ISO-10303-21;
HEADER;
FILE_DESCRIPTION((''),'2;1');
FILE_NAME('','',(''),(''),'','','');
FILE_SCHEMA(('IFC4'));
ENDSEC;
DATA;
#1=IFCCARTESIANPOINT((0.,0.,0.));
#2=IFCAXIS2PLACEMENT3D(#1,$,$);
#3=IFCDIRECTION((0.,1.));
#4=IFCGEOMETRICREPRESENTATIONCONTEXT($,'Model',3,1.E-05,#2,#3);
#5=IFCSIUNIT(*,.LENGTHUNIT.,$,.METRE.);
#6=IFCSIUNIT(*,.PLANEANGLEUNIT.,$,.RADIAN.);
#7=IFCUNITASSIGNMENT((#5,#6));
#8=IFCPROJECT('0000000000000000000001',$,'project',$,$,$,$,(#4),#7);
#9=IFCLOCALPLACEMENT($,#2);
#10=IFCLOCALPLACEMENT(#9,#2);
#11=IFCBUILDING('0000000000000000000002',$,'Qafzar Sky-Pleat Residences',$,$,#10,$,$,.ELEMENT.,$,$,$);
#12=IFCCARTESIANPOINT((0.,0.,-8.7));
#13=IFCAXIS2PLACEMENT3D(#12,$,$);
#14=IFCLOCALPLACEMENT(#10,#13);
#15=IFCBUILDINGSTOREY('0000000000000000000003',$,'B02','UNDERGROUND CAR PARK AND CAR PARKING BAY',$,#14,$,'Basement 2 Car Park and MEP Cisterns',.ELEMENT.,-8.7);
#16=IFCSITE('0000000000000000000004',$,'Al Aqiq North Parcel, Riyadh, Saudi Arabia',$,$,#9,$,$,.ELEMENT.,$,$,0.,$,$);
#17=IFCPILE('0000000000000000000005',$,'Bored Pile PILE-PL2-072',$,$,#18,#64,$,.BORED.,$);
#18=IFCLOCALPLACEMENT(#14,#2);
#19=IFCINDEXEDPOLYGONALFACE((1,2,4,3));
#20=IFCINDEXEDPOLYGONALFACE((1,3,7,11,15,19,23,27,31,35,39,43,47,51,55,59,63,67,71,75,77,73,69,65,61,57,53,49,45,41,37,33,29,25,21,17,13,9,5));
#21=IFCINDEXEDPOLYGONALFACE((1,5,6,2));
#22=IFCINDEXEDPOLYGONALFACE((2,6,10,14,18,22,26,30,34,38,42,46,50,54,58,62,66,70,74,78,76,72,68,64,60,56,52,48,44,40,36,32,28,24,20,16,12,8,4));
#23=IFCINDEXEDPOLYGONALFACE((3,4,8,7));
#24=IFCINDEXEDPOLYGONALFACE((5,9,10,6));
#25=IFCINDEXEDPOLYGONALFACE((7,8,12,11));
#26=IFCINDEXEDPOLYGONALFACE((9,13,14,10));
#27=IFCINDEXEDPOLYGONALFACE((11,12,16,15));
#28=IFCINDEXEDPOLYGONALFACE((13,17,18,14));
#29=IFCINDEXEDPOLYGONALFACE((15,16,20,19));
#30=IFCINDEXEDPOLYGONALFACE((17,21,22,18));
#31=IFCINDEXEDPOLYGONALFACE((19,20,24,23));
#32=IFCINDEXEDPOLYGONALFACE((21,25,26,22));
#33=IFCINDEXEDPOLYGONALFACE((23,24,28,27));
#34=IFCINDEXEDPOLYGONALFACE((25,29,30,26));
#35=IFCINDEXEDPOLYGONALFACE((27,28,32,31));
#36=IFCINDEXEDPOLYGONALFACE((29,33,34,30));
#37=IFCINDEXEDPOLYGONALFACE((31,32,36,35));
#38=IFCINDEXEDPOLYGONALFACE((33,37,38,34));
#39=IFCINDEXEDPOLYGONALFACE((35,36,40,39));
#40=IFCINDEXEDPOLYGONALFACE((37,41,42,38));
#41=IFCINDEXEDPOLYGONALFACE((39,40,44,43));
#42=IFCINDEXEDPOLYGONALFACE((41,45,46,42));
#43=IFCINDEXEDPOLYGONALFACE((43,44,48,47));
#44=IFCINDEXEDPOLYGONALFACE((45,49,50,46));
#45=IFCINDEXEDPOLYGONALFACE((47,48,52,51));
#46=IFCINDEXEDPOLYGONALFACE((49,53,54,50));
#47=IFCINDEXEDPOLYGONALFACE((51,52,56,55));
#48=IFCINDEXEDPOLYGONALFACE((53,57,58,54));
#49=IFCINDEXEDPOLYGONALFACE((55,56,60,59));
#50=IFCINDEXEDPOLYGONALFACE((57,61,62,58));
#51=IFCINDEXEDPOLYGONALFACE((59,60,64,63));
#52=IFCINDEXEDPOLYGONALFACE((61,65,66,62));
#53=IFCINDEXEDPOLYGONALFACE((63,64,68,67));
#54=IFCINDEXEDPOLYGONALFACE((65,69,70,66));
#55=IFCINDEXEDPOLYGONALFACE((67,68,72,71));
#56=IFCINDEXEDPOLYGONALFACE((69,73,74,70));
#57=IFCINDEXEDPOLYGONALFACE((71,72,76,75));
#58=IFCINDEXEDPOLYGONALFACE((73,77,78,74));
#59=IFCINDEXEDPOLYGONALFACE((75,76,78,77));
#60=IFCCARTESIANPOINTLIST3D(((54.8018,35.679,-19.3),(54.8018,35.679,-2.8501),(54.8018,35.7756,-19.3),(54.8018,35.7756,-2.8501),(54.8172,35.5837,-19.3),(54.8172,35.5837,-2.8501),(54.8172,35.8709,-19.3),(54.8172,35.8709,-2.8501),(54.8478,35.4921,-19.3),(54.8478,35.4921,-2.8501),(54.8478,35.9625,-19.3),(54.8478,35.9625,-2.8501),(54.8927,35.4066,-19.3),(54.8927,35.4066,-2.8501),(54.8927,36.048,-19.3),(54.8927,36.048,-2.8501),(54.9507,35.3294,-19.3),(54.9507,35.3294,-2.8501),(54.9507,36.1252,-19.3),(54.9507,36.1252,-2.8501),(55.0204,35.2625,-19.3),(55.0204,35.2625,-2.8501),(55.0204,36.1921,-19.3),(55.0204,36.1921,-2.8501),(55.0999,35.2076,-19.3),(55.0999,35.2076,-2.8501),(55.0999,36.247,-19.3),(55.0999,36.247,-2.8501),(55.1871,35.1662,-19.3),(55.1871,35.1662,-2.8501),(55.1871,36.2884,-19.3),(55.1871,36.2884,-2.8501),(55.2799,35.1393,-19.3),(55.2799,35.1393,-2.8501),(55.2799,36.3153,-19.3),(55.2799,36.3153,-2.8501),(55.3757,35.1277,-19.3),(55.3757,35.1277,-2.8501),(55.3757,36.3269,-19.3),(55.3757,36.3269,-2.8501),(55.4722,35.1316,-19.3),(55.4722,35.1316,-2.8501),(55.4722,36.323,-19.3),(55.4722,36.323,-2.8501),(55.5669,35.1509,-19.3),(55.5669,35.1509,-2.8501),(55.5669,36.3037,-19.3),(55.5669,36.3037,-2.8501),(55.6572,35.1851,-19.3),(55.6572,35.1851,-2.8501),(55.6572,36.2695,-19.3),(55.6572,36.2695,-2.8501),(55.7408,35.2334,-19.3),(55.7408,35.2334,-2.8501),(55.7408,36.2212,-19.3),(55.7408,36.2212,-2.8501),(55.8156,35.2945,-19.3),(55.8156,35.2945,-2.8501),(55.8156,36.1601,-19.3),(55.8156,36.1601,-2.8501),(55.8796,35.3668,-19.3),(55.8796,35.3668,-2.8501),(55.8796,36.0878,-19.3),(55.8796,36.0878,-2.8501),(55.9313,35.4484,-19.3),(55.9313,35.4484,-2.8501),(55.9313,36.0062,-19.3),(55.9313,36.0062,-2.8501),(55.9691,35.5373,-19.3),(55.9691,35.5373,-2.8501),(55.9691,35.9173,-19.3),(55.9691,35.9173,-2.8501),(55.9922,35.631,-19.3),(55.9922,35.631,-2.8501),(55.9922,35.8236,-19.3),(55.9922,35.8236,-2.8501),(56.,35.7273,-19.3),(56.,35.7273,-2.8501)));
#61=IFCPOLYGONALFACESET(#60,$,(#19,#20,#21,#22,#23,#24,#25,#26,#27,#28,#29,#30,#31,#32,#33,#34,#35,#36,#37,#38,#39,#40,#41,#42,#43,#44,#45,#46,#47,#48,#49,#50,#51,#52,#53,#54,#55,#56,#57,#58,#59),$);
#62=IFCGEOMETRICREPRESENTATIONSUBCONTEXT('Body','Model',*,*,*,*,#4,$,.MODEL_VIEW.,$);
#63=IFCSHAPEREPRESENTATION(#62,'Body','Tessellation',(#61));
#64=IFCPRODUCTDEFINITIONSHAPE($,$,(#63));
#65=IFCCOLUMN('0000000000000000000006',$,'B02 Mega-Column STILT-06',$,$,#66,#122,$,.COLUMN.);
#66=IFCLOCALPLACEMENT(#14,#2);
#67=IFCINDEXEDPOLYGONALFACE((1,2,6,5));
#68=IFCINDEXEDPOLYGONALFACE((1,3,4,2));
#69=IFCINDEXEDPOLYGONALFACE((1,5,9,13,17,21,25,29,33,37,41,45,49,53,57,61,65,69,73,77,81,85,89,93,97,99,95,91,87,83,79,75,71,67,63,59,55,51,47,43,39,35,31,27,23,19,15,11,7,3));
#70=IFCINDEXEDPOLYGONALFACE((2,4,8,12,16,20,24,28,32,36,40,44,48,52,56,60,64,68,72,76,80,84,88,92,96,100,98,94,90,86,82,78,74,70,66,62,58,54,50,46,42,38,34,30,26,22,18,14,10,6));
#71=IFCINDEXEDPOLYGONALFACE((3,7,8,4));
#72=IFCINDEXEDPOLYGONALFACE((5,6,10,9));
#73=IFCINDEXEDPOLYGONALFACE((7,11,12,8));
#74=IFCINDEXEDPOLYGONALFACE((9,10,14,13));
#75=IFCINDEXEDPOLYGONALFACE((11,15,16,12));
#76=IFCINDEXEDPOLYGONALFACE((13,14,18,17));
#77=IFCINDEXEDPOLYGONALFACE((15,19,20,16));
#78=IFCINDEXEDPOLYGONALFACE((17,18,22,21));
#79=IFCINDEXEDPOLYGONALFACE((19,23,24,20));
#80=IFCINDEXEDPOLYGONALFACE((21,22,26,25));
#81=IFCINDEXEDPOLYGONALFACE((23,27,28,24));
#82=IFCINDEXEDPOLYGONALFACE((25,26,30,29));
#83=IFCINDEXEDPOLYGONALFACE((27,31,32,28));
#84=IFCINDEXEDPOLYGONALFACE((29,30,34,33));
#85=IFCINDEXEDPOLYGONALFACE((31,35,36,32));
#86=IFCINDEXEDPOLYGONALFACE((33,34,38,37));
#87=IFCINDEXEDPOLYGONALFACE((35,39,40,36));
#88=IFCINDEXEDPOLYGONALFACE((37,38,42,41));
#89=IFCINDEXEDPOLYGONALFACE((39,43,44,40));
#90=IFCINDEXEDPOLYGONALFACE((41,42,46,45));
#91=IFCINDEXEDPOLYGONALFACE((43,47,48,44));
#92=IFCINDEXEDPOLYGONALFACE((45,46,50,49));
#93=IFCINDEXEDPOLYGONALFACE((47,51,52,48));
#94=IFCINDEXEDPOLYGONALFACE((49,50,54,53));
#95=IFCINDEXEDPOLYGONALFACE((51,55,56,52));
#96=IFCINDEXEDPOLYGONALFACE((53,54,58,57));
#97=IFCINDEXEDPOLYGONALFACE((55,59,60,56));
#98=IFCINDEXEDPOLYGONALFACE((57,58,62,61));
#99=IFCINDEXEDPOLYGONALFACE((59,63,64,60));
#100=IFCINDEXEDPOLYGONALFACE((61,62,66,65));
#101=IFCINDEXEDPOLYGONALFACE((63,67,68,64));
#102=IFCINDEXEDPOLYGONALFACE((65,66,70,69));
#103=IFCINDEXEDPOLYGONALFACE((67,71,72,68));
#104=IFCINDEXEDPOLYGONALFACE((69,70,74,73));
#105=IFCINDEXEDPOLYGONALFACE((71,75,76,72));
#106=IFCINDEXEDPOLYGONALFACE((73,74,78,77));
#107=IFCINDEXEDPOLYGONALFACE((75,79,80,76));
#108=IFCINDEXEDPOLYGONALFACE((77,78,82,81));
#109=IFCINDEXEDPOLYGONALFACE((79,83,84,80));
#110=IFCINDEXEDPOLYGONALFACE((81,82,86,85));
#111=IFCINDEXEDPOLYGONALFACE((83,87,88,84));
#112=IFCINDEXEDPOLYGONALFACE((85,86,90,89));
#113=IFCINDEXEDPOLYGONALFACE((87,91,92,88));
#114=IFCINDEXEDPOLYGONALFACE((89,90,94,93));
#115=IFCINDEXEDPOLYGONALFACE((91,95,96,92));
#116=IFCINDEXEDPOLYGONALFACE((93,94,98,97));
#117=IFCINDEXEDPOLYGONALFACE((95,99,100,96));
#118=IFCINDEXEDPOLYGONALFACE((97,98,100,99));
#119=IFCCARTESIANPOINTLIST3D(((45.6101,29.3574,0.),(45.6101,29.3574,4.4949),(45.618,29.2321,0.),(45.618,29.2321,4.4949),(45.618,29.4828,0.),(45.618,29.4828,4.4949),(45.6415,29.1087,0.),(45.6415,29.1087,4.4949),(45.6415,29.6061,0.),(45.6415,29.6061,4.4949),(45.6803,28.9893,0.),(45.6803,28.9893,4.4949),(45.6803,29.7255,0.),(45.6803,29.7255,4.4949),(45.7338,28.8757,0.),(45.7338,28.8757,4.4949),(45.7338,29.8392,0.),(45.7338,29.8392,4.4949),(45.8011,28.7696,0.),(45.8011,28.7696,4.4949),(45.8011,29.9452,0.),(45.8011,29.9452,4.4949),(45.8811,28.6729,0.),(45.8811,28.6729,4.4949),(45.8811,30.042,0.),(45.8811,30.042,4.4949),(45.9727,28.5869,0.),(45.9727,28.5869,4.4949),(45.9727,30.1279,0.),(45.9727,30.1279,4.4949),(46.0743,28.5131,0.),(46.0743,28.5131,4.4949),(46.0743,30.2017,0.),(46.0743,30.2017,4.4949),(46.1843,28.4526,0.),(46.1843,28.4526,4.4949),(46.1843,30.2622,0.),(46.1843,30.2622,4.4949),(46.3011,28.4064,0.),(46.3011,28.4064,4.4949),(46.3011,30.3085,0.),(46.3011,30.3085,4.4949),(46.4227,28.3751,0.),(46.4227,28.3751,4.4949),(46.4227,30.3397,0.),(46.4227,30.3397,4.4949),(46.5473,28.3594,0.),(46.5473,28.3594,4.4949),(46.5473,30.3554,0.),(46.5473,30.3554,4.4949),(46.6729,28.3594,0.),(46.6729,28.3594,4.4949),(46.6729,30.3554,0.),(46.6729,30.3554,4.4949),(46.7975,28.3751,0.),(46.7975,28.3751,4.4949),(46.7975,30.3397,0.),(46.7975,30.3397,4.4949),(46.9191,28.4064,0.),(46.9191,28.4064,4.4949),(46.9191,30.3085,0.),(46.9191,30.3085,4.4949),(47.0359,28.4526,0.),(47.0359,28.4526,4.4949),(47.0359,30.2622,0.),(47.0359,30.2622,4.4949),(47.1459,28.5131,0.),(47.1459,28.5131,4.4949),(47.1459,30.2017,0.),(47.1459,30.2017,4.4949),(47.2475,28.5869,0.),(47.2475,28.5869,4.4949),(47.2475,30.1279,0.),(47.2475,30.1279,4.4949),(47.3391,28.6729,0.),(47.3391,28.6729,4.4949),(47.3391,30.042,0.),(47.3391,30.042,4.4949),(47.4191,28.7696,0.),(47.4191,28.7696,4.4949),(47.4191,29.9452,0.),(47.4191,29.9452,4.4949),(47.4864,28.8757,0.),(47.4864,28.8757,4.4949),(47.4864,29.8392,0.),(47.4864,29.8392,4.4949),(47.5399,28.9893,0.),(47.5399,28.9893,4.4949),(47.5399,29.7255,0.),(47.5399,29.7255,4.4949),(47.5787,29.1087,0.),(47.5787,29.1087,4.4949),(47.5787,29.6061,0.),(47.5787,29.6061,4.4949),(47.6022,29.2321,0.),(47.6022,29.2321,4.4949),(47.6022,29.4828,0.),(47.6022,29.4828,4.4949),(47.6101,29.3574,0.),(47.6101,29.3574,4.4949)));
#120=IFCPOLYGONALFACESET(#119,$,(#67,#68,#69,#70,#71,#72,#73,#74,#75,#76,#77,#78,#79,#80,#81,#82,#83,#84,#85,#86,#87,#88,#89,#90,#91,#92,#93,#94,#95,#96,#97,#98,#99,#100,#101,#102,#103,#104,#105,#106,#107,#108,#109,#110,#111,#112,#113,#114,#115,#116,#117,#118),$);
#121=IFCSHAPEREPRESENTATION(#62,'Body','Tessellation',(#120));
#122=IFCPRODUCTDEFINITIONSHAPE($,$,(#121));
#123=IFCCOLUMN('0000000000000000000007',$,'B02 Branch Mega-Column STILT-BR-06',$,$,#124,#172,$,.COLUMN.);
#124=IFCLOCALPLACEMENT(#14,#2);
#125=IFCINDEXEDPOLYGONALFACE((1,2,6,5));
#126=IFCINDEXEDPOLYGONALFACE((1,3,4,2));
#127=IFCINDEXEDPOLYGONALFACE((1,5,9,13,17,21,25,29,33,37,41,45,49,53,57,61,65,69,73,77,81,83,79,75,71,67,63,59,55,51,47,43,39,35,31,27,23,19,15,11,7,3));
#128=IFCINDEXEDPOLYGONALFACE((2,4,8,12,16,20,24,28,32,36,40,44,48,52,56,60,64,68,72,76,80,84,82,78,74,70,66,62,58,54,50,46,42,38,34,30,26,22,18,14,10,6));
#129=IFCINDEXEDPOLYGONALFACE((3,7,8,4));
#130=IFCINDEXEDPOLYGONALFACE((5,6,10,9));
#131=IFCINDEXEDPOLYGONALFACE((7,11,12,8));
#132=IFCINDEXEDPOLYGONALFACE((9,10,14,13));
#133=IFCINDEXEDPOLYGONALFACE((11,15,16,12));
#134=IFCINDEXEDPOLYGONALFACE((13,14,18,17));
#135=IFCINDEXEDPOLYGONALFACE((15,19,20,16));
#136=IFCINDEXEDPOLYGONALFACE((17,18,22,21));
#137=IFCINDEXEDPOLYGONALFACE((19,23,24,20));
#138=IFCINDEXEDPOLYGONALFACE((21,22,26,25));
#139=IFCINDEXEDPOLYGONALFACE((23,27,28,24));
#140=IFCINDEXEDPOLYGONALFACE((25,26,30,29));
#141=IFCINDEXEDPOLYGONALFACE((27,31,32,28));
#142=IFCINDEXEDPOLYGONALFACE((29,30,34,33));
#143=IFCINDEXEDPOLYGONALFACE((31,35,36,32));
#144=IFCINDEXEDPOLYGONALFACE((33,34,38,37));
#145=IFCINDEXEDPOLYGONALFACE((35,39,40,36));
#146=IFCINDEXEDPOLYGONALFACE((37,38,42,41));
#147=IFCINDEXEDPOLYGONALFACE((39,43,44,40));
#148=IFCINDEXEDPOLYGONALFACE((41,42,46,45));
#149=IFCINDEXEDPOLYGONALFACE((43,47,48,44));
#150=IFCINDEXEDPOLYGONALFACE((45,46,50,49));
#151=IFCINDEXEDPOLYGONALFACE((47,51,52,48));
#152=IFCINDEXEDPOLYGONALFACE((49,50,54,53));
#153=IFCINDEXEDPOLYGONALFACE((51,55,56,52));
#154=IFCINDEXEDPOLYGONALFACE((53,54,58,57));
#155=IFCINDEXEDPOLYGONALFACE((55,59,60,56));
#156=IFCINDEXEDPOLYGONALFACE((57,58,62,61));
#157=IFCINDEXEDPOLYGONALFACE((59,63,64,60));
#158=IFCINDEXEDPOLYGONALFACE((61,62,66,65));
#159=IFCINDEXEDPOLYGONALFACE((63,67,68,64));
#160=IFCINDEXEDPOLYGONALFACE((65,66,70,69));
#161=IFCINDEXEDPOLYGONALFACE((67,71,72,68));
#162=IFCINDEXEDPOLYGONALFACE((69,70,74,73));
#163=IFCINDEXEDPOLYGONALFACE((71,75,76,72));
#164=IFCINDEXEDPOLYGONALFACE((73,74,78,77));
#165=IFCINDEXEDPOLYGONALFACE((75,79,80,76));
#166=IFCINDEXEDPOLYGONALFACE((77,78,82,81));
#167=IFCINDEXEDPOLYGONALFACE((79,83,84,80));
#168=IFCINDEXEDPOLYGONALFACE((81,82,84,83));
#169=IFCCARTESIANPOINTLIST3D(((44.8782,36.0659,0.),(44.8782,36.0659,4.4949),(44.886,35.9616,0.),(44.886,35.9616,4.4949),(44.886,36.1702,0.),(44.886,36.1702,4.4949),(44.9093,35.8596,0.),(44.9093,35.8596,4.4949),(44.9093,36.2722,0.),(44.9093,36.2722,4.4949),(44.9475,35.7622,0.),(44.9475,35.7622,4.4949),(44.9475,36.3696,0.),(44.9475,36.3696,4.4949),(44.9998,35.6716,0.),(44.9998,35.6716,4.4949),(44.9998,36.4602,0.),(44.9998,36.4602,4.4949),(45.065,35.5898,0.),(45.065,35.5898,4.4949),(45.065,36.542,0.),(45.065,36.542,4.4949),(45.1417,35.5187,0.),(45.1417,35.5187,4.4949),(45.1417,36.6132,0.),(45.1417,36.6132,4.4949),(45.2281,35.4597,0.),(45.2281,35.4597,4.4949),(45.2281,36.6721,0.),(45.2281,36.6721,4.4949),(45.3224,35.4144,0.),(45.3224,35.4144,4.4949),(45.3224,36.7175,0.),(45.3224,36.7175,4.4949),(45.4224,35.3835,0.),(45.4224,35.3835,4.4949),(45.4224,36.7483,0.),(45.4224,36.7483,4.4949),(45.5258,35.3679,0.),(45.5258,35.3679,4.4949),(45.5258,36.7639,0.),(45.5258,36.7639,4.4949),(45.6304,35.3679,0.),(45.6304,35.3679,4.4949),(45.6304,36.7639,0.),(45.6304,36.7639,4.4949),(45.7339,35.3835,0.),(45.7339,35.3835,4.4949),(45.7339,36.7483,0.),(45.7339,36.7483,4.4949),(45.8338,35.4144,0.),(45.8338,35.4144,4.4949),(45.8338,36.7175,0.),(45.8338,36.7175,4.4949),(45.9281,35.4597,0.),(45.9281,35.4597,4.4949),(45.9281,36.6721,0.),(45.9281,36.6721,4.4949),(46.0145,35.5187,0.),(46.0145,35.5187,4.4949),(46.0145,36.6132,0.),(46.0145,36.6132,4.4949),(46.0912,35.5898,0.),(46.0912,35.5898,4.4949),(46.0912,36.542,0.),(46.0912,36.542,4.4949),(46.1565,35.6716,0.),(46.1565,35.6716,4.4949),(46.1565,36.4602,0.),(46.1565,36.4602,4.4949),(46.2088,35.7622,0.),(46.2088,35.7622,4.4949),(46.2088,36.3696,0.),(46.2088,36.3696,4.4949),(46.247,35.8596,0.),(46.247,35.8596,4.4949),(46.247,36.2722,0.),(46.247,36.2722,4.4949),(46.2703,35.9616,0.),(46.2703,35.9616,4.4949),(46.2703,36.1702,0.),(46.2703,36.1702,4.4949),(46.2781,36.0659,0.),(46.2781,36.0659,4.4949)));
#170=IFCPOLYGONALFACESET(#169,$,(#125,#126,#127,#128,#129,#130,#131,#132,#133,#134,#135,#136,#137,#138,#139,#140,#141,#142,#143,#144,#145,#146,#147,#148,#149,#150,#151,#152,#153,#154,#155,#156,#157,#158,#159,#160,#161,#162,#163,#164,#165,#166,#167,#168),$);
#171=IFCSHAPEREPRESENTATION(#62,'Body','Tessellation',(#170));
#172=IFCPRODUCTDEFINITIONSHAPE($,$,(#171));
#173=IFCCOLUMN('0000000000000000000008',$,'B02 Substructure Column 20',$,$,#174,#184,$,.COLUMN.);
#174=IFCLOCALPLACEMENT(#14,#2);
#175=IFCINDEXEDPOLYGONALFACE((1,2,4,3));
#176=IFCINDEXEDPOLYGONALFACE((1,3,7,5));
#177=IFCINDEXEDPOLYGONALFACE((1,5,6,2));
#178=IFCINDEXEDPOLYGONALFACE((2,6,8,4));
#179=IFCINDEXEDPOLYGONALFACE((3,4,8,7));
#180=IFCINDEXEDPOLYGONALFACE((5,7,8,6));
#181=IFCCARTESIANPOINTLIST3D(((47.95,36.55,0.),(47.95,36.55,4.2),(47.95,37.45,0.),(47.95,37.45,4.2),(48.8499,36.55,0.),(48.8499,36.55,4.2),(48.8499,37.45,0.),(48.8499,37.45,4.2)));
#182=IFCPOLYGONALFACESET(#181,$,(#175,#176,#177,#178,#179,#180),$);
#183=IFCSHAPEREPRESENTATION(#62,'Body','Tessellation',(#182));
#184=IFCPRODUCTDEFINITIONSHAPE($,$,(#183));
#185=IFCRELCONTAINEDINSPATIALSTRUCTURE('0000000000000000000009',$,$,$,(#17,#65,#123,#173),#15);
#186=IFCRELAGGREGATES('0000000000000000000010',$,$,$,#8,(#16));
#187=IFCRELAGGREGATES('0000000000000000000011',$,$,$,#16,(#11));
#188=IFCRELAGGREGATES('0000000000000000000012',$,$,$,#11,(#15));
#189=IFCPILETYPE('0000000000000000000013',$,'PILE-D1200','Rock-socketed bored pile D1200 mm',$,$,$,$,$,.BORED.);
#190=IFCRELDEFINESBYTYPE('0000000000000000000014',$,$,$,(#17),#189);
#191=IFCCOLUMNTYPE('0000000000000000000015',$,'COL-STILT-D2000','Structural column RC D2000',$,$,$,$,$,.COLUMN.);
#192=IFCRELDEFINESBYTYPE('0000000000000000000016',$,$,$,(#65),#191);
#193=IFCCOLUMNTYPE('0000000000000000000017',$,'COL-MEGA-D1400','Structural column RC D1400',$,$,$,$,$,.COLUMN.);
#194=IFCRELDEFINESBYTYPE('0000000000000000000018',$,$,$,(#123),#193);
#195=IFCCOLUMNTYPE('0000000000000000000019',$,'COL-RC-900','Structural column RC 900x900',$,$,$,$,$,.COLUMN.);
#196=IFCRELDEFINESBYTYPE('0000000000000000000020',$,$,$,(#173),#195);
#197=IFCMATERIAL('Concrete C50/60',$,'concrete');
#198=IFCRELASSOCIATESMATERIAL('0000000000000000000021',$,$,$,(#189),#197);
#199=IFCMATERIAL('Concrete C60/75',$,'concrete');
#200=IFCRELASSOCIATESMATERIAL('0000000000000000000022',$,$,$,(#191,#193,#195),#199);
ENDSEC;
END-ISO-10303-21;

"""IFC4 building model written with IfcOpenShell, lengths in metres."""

from ifc_helpers import new_model, si_unit, direction, frame, origin, origin_2d, place, context, subcontext, project, spatial, rectangle, circle, extrude, source, transform, mapped, material, material_profile, profile_set, type_object, element, save


model = new_model("IFC4")

# Units and contexts
model_context = context("Model", 3, precision=1e-05, world=origin(), true_north=direction((0.0, 1.0)))
body_context = subcontext(model_context, "Body", "Model", "MODEL_VIEW")
ifc_project = project(units=[si_unit("LENGTHUNIT", "METRE"), si_unit("PLANEANGLEUNIT", "RADIAN")], contexts=[model_context])

# Site, building, storey
site_placement = place(None, origin())
site = spatial("IfcSite", under=ifc_project, at=site_placement, Name="Al Aqiq North Parcel, Riyadh, Saudi Arabia", CompositionType="ELEMENT", RefElevation=0.0)
building_placement = place(site_placement, origin())
building = spatial("IfcBuilding", under=site, at=building_placement, Name="Qafzar Sky-Pleat Residences", CompositionType="ELEMENT")
storey_placement = place(building_placement, frame((0.0, 0.0, -8.7)))
storey = spatial("IfcBuildingStorey", under=building, at=storey_placement, Name="B02", Description="UNDERGROUND CAR PARK AND CAR PARKING BAY", LongName="Basement 2 Car Park and MEP Cisterns", CompositionType="ELEMENT", Elevation=-8.7)

# Pile
ifc_material_1 = material(Name="Concrete C50/60", Category="concrete")
ifc_material_profile_1 = material_profile(ifc_material_1, circle(Radius=0.6001, at=origin_2d()), Name="PILE D1200")
ifc_profile_set_1 = profile_set([ifc_material_profile_1], Name="Concrete C50/60")
pile_type = type_object("IfcPileType", Name="PILE-D1200", Description="Rock-socketed bored pile D1200 mm", PredefinedType="BORED", material=ifc_profile_set_1)
shared_shape_1 = source(origin(), body_context, "Body", "SweptSolid", [
    extrude(circle(Radius=0.6001, at=origin_2d()), origin(), (0.0, 0.0, 1.0), 16.45),
])
for number, where, z_axis, x_axis, name in (
    (1, (55.3999, 35.7273, -2.8501), (0.0, 0.0, -1.0), (1.0, 0.0, 0.0), "Bored Pile PILE-PL2-072"),
):
    element("IfcPile", number, at=place(storey_placement, frame(where, z_axis=z_axis, x_axis=x_axis)), inside=storey, type_object=pile_type, Name=name, PredefinedType="BORED", context=body_context, shape_type="MappedRepresentation", body=[
        mapped(shared_shape_1, transform((0.0, 0.0, 0.0), x_axis=(1.0, 0.0, 0.0), y_axis=(0.0, 1.0, 0.0), z_axis=(0.0, 0.0, 1.0), scale=1.0)),
    ])

# Columns
ifc_material_2 = material(Name="Concrete C60/75", Category="concrete")
ifc_material_profile_2 = material_profile(ifc_material_2, circle(Radius=1.0, at=origin_2d()), Name="RC D2000")
ifc_profile_set_2 = profile_set([ifc_material_profile_2], Name="Concrete C60/75")
column_type_1 = type_object("IfcColumnType", Name="COL-STILT-D2000", Description="Structural column RC D2000", PredefinedType="COLUMN", material=ifc_profile_set_2)
shared_shape_2 = source(origin(), body_context, "Body", "SweptSolid", [
    extrude(circle(Radius=1.0, at=origin_2d()), origin(), (0.0, 0.0, 1.0), 4.4949),
])
column_1_placement = place(storey_placement, frame((46.6101, 29.3574, 0.0), z_axis=(0.0, 0.0, 1.0), x_axis=(1.0, 0.0, 0.0)))
element("IfcColumn", 2, at=column_1_placement, inside=storey, type_object=column_type_1, Name="B02 Mega-Column STILT-06", PredefinedType="COLUMN", context=body_context, shape_type="MappedRepresentation", body=[
    mapped(shared_shape_2, transform((0.0, 0.0, 0.0), x_axis=(1.0, 0.0, 0.0), y_axis=(0.0, 1.0, 0.0), z_axis=(0.0, 0.0, 1.0), scale=1.0)),
])
ifc_material_profile_3 = material_profile(ifc_material_2, circle(Radius=0.7, at=origin_2d()), Name="RC D1400")
ifc_profile_set_3 = profile_set([ifc_material_profile_3], Name="Concrete C60/75")
column_type_2 = type_object("IfcColumnType", Name="COL-MEGA-D1400", Description="Structural column RC D1400", PredefinedType="COLUMN", material=ifc_profile_set_3)
shared_shape_3 = source(origin(), body_context, "Body", "SweptSolid", [
    extrude(circle(Radius=0.7, at=origin_2d()), origin(), (0.0, 0.0, 1.0), 4.4949),
])
column_2_placement = place(storey_placement, frame((45.5781, 36.0659, 0.0), z_axis=(0.0, 0.0, 1.0), x_axis=(1.0, 0.0, 0.0)))
element("IfcColumn", 3, at=column_2_placement, inside=storey, type_object=column_type_2, Name="B02 Branch Mega-Column STILT-BR-06", PredefinedType="COLUMN", context=body_context, shape_type="MappedRepresentation", body=[
    mapped(shared_shape_3, transform((0.0, 0.0, 0.0), x_axis=(1.0, 0.0, 0.0), y_axis=(0.0, 1.0, 0.0), z_axis=(0.0, 0.0, 1.0), scale=1.0)),
])
ifc_material_profile_4 = material_profile(ifc_material_2, rectangle(XDim=0.8999, YDim=0.8999, at=origin_2d()), Name="RC 900x900")
ifc_profile_set_4 = profile_set([ifc_material_profile_4], Name="Concrete C60/75")
column_type_3 = type_object("IfcColumnType", Name="COL-RC-900", Description="Structural column RC 900x900", PredefinedType="COLUMN", material=ifc_profile_set_4)
shared_shape_4 = source(origin(), body_context, "Body", "SweptSolid", [
    extrude(rectangle(XDim=0.8999, YDim=0.8999, at=origin_2d()), origin(), (0.0, 0.0, 1.0), 4.2),
])
column_3_placement = place(storey_placement, frame((48.3999, 37.0, 0.0), z_axis=(0.0, 0.0, 1.0), x_axis=(1.0, 0.0, 0.0)))
element("IfcColumn", 4, at=column_3_placement, inside=storey, type_object=column_type_3, Name="B02 Substructure Column 20", PredefinedType="COLUMN", context=body_context, shape_type="MappedRepresentation", body=[
    mapped(shared_shape_4, transform((0.0, 0.0, 0.0), x_axis=(1.0, 0.0, 0.0), y_axis=(0.0, 1.0, 0.0), z_axis=(0.0, 0.0, 1.0), scale=1.0)),
])

save(model, "model.ifc")
